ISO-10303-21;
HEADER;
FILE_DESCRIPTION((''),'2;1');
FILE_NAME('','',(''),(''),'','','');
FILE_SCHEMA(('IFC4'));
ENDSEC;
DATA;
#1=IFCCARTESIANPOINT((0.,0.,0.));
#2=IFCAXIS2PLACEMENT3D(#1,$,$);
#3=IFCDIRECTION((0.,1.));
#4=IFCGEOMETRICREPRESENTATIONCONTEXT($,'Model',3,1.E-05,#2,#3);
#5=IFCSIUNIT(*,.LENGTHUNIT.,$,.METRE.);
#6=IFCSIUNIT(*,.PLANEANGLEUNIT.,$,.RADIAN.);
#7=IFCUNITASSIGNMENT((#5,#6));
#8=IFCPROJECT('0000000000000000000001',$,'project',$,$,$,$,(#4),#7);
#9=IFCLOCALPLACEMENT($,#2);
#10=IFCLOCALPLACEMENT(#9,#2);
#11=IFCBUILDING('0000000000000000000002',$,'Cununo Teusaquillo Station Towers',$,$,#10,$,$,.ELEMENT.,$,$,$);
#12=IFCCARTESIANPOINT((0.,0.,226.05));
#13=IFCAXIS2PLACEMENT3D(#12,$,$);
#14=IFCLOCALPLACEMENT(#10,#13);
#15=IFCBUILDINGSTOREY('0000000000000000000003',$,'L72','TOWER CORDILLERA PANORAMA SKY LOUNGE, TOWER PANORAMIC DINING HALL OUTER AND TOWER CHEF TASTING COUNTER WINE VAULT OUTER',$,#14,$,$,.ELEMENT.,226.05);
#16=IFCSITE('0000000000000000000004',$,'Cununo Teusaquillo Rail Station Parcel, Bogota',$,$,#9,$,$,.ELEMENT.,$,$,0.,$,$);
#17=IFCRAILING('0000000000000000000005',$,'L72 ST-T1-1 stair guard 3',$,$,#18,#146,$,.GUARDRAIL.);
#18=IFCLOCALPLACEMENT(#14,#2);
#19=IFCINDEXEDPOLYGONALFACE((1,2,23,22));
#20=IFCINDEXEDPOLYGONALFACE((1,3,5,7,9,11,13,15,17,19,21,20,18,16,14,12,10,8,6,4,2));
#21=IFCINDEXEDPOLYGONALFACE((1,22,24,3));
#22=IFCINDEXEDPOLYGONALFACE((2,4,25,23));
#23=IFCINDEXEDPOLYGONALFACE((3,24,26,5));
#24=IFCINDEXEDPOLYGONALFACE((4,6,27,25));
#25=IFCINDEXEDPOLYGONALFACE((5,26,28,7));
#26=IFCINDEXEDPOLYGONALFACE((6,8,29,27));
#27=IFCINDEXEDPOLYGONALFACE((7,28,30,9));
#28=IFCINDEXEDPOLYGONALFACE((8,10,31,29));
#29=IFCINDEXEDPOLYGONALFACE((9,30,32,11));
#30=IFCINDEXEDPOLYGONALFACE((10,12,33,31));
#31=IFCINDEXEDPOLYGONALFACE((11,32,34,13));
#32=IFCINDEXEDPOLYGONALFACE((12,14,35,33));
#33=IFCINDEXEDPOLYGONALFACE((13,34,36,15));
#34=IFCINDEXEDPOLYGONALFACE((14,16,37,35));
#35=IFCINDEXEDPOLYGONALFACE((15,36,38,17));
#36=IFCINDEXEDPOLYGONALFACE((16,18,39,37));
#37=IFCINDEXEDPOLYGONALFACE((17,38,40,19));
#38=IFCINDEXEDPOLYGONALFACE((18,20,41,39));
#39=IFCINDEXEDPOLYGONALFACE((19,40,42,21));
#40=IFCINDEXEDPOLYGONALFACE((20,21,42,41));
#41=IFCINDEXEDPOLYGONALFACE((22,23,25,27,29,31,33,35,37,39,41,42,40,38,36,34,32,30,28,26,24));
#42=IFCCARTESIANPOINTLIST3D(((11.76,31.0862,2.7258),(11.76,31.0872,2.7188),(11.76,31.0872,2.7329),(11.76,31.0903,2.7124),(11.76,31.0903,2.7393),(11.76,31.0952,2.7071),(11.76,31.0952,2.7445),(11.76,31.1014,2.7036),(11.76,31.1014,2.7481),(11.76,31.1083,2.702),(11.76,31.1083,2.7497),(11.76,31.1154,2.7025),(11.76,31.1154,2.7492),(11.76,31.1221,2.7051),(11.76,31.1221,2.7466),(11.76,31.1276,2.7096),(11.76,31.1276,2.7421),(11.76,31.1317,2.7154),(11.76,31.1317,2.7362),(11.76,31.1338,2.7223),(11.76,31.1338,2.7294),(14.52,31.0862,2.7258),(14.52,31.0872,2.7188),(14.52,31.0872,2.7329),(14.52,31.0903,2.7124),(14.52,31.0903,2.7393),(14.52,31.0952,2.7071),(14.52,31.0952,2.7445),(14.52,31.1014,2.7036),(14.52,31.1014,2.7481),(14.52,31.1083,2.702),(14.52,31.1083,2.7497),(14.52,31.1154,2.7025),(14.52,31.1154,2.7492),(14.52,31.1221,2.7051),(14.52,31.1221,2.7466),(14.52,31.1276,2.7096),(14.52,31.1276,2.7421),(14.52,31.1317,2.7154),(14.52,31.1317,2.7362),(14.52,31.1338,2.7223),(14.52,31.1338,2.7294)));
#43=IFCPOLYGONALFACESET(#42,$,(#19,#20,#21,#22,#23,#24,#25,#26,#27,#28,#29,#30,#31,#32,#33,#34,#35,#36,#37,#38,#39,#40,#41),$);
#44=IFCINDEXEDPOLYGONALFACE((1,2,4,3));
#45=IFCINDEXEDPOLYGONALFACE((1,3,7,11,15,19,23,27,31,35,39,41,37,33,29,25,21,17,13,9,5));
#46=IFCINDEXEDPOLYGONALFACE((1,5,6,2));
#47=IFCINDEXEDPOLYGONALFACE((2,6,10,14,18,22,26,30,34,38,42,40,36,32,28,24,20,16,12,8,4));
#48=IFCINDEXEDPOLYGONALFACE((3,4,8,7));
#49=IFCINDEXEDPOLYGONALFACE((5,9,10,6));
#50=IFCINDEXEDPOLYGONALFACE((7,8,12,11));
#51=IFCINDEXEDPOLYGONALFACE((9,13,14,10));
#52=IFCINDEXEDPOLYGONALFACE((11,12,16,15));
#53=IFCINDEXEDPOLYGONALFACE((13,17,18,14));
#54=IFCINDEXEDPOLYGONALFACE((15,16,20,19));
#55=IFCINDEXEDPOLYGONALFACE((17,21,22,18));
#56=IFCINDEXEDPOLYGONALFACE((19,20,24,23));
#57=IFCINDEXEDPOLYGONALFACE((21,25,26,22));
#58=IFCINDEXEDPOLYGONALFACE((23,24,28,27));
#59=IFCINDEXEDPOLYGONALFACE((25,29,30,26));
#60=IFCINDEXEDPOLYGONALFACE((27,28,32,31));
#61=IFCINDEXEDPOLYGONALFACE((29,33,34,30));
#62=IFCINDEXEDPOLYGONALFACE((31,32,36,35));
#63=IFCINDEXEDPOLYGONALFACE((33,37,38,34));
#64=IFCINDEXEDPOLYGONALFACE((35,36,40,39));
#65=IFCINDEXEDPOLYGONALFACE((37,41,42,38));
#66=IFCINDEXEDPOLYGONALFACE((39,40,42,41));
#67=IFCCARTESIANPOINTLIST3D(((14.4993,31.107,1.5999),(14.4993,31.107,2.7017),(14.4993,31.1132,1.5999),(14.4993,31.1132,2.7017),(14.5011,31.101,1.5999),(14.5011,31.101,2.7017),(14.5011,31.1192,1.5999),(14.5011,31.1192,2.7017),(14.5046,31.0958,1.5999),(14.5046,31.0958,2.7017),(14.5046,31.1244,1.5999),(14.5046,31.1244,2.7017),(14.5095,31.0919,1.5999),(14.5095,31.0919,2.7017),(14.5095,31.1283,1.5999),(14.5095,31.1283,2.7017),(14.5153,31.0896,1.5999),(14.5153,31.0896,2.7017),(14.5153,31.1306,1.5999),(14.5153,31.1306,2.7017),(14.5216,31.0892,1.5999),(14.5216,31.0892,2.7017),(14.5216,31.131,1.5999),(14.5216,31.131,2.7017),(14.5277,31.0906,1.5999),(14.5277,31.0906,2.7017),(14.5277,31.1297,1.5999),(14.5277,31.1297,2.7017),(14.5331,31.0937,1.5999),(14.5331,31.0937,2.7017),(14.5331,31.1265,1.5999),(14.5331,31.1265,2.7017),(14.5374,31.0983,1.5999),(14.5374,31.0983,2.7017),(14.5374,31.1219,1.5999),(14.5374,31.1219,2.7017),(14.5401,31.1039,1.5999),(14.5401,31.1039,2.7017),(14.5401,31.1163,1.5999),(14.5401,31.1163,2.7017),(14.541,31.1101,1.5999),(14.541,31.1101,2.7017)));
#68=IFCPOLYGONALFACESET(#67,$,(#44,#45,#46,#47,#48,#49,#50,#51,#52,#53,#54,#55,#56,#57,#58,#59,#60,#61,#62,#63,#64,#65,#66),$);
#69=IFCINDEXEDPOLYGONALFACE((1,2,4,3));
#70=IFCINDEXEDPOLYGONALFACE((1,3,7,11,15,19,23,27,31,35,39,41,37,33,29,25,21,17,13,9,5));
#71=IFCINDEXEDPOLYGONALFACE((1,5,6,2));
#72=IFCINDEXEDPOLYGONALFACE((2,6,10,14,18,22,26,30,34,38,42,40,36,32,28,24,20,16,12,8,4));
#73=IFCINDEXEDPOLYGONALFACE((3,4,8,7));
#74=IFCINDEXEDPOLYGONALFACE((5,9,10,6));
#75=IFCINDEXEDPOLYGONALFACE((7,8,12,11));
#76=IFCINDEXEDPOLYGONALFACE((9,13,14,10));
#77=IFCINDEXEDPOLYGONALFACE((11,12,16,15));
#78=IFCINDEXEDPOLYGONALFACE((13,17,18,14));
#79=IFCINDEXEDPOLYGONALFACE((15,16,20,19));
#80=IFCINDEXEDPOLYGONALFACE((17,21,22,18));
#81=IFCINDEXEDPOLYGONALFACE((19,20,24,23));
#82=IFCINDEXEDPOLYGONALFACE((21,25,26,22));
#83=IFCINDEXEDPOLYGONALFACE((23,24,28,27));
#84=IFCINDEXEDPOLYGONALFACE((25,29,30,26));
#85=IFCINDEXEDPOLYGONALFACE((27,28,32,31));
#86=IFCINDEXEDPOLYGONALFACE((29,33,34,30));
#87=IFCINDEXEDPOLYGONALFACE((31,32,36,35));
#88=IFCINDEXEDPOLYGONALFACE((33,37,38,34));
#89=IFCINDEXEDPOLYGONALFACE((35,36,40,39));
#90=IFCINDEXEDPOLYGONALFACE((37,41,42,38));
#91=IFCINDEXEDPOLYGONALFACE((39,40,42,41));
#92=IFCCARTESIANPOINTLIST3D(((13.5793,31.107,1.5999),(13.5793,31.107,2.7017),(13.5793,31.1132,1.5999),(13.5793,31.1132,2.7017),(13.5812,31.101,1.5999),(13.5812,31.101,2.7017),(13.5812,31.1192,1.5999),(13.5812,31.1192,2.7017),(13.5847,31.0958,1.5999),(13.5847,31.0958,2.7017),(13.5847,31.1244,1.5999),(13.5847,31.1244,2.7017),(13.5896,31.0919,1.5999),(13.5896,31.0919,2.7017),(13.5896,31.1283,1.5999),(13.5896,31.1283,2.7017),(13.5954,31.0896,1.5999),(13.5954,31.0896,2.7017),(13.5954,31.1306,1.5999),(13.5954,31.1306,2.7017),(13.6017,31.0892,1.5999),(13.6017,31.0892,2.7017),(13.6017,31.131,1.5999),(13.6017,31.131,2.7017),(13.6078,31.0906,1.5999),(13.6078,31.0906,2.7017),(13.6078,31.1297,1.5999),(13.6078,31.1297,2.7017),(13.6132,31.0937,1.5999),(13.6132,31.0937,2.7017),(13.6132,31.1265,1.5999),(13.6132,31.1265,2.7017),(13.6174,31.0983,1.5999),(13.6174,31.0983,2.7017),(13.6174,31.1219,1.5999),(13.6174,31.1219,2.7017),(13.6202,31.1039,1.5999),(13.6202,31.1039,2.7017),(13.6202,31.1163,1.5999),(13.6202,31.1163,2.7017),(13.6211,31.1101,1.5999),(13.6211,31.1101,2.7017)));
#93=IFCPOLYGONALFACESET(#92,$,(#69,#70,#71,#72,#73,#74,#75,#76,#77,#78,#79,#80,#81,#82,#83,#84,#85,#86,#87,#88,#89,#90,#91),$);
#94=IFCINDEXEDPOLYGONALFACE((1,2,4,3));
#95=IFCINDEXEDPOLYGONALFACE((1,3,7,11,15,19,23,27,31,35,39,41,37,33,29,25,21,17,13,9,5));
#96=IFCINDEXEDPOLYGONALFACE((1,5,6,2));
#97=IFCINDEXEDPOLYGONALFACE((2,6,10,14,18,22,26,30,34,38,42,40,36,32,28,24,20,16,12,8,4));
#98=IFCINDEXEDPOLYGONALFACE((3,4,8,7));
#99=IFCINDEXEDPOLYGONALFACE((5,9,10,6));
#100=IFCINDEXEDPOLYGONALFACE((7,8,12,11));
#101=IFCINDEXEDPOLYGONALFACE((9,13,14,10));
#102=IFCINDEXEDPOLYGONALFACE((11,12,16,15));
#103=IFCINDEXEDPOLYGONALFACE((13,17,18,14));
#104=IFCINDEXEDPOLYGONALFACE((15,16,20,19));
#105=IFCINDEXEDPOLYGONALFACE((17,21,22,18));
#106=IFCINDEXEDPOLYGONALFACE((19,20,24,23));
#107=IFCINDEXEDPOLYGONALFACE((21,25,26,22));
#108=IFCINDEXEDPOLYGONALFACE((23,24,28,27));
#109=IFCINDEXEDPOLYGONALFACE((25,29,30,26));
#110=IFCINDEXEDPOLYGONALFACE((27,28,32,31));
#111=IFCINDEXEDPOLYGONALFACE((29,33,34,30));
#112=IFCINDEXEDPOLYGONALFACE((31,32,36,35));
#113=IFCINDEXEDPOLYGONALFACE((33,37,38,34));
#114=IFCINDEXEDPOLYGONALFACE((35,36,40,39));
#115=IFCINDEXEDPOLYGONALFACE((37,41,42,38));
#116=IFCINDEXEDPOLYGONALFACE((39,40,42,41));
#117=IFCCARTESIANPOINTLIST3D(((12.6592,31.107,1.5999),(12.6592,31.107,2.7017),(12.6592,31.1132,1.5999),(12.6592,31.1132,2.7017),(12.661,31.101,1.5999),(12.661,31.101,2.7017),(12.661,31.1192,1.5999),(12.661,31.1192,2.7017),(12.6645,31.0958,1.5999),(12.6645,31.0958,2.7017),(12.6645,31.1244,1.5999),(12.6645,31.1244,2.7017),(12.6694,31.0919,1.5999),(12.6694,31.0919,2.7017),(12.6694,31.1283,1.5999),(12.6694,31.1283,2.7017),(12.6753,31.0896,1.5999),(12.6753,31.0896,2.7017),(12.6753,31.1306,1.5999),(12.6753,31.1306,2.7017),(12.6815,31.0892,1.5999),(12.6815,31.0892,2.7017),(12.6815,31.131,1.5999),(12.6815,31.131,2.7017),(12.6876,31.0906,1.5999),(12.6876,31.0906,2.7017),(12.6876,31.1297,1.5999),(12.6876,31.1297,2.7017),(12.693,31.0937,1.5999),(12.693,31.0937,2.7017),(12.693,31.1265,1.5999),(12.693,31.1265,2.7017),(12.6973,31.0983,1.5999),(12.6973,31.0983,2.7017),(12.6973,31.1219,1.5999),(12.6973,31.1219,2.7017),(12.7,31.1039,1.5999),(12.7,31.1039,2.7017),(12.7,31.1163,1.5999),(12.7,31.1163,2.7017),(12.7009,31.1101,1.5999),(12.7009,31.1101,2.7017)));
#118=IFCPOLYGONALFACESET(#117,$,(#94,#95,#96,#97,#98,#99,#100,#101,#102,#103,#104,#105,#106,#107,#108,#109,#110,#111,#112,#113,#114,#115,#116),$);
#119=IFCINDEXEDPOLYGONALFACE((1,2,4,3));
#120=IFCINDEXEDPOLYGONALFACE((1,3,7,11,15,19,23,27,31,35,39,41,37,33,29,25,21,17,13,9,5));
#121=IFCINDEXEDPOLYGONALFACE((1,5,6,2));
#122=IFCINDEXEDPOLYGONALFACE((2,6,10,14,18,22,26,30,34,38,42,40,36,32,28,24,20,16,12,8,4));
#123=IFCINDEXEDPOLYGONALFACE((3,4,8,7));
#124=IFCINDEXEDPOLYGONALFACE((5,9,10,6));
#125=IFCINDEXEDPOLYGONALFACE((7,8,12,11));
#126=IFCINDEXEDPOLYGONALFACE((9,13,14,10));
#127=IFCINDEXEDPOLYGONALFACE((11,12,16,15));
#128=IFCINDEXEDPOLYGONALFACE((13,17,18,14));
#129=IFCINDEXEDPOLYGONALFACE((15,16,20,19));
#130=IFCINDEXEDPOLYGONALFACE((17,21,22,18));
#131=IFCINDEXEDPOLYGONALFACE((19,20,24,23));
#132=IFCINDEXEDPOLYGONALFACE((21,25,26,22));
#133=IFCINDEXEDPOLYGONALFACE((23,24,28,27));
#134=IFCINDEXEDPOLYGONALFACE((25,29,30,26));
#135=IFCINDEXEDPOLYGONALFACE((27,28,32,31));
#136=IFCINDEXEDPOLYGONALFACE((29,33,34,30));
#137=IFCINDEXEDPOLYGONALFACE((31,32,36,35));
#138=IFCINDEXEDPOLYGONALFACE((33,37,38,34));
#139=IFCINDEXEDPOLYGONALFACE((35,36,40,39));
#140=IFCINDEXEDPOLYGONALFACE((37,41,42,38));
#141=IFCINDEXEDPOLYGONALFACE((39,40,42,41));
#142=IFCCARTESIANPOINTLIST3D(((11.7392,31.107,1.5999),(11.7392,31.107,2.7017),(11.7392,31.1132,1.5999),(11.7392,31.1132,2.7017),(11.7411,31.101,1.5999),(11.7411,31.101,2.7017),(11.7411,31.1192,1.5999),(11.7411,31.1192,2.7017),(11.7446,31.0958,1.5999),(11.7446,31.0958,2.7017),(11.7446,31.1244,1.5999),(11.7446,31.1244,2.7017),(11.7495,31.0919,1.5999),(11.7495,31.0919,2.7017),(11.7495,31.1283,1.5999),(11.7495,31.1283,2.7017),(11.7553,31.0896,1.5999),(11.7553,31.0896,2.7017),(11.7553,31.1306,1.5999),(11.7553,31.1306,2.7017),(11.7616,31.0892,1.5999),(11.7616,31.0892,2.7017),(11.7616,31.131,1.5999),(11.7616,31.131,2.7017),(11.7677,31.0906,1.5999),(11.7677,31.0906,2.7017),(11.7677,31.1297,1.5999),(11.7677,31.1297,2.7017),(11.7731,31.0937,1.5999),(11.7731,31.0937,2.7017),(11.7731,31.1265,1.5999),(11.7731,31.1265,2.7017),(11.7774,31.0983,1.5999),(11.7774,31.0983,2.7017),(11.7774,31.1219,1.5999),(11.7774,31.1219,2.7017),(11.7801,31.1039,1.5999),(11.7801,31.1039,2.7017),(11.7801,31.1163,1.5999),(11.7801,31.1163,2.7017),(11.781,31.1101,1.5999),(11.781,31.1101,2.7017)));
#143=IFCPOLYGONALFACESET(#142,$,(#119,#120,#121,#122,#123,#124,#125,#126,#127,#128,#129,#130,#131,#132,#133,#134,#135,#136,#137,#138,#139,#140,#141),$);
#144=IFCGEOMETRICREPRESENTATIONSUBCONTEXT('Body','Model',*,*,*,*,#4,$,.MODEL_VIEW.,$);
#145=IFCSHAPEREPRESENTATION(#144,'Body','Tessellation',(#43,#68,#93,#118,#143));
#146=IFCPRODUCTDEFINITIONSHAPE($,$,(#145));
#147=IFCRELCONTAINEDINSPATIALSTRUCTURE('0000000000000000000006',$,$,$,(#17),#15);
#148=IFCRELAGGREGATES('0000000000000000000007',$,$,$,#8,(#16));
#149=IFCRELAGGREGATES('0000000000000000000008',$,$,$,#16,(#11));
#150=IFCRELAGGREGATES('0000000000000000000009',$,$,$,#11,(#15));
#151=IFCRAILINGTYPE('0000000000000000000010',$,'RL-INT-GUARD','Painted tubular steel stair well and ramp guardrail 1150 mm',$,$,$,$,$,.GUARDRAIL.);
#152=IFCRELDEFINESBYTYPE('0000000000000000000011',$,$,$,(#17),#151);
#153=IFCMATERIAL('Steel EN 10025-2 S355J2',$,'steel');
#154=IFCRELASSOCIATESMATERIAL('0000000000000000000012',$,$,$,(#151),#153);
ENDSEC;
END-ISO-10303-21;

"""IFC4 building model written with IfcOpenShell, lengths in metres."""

from ifc_helpers import new_model, si_unit, direction, frame, origin, origin_2d, place, context, subcontext, project, spatial, circle, extrude, material, type_object, element, save


model = new_model("IFC4")

# Units and contexts
model_context = context("Model", 3, precision=1e-05, world=origin(), true_north=direction((0.0, 1.0)))
body_context = subcontext(model_context, "Body", "Model", "MODEL_VIEW")
ifc_project = project(units=[si_unit("LENGTHUNIT", "METRE"), si_unit("PLANEANGLEUNIT", "RADIAN")], contexts=[model_context])

# Site, building, storey
site_placement = place(None, origin())
site = spatial("IfcSite", under=ifc_project, at=site_placement, Name="Cununo Teusaquillo Rail Station Parcel, Bogota", CompositionType="ELEMENT", RefElevation=0.0)
building_placement = place(site_placement, origin())
building = spatial("IfcBuilding", under=site, at=building_placement, Name="Cununo Teusaquillo Station Towers", CompositionType="ELEMENT")
storey_placement = place(building_placement, frame((0.0, 0.0, 226.05)))
storey = spatial("IfcBuildingStorey", under=building, at=storey_placement, Name="L72", Description="TOWER CORDILLERA PANORAMA SKY LOUNGE, TOWER PANORAMIC DINING HALL OUTER AND TOWER CHEF TASTING COUNTER WINE VAULT OUTER", CompositionType="ELEMENT", Elevation=226.05)

# Railing
ifc_material_1 = material(Name="Steel EN 10025-2 S355J2", Category="steel")
railing_type_1 = type_object("IfcRailingType", Name="RL-INT-GUARD", Description="Painted tubular steel stair well and ramp guardrail 1150 mm", PredefinedType="GUARDRAIL", material=ifc_material_1)
railing_1_placement = place(storey_placement, frame((14.52, 31.1101, 1.5999)))
element("IfcRailing", 1, at=railing_1_placement, inside=storey, type_object=railing_type_1, Name="L72 ST-T1-1 stair guard 3", PredefinedType="GUARDRAIL", context=body_context, shape_type="SweptSolid", body=[
    extrude(circle(Radius=0.0239, at=origin_2d()), frame((0.0, 0.0, 1.126), z_axis=(-1.0, 0.0, 0.0), x_axis=(0.0, -1.0, 0.0)), (0.0, 0.0, 1.0), 2.76),
    extrude(circle(Radius=0.021, at=origin_2d()), origin(), (0.0, 0.0, 1.0), 1.1018),
    extrude(circle(Radius=0.021, at=origin_2d()), frame((-0.9199, 0.0, 0.0)), (0.0, 0.0, 1.0), 1.1018),
    extrude(circle(Radius=0.021, at=origin_2d()), frame((-1.8401, 0.0, 0.0)), (0.0, 0.0, 1.0), 1.1018),
    extrude(circle(Radius=0.021, at=origin_2d()), frame((-2.76, 0.0, 0.0)), (0.0, 0.0, 1.0), 1.1018),
])

save(model, "model.ifc")
